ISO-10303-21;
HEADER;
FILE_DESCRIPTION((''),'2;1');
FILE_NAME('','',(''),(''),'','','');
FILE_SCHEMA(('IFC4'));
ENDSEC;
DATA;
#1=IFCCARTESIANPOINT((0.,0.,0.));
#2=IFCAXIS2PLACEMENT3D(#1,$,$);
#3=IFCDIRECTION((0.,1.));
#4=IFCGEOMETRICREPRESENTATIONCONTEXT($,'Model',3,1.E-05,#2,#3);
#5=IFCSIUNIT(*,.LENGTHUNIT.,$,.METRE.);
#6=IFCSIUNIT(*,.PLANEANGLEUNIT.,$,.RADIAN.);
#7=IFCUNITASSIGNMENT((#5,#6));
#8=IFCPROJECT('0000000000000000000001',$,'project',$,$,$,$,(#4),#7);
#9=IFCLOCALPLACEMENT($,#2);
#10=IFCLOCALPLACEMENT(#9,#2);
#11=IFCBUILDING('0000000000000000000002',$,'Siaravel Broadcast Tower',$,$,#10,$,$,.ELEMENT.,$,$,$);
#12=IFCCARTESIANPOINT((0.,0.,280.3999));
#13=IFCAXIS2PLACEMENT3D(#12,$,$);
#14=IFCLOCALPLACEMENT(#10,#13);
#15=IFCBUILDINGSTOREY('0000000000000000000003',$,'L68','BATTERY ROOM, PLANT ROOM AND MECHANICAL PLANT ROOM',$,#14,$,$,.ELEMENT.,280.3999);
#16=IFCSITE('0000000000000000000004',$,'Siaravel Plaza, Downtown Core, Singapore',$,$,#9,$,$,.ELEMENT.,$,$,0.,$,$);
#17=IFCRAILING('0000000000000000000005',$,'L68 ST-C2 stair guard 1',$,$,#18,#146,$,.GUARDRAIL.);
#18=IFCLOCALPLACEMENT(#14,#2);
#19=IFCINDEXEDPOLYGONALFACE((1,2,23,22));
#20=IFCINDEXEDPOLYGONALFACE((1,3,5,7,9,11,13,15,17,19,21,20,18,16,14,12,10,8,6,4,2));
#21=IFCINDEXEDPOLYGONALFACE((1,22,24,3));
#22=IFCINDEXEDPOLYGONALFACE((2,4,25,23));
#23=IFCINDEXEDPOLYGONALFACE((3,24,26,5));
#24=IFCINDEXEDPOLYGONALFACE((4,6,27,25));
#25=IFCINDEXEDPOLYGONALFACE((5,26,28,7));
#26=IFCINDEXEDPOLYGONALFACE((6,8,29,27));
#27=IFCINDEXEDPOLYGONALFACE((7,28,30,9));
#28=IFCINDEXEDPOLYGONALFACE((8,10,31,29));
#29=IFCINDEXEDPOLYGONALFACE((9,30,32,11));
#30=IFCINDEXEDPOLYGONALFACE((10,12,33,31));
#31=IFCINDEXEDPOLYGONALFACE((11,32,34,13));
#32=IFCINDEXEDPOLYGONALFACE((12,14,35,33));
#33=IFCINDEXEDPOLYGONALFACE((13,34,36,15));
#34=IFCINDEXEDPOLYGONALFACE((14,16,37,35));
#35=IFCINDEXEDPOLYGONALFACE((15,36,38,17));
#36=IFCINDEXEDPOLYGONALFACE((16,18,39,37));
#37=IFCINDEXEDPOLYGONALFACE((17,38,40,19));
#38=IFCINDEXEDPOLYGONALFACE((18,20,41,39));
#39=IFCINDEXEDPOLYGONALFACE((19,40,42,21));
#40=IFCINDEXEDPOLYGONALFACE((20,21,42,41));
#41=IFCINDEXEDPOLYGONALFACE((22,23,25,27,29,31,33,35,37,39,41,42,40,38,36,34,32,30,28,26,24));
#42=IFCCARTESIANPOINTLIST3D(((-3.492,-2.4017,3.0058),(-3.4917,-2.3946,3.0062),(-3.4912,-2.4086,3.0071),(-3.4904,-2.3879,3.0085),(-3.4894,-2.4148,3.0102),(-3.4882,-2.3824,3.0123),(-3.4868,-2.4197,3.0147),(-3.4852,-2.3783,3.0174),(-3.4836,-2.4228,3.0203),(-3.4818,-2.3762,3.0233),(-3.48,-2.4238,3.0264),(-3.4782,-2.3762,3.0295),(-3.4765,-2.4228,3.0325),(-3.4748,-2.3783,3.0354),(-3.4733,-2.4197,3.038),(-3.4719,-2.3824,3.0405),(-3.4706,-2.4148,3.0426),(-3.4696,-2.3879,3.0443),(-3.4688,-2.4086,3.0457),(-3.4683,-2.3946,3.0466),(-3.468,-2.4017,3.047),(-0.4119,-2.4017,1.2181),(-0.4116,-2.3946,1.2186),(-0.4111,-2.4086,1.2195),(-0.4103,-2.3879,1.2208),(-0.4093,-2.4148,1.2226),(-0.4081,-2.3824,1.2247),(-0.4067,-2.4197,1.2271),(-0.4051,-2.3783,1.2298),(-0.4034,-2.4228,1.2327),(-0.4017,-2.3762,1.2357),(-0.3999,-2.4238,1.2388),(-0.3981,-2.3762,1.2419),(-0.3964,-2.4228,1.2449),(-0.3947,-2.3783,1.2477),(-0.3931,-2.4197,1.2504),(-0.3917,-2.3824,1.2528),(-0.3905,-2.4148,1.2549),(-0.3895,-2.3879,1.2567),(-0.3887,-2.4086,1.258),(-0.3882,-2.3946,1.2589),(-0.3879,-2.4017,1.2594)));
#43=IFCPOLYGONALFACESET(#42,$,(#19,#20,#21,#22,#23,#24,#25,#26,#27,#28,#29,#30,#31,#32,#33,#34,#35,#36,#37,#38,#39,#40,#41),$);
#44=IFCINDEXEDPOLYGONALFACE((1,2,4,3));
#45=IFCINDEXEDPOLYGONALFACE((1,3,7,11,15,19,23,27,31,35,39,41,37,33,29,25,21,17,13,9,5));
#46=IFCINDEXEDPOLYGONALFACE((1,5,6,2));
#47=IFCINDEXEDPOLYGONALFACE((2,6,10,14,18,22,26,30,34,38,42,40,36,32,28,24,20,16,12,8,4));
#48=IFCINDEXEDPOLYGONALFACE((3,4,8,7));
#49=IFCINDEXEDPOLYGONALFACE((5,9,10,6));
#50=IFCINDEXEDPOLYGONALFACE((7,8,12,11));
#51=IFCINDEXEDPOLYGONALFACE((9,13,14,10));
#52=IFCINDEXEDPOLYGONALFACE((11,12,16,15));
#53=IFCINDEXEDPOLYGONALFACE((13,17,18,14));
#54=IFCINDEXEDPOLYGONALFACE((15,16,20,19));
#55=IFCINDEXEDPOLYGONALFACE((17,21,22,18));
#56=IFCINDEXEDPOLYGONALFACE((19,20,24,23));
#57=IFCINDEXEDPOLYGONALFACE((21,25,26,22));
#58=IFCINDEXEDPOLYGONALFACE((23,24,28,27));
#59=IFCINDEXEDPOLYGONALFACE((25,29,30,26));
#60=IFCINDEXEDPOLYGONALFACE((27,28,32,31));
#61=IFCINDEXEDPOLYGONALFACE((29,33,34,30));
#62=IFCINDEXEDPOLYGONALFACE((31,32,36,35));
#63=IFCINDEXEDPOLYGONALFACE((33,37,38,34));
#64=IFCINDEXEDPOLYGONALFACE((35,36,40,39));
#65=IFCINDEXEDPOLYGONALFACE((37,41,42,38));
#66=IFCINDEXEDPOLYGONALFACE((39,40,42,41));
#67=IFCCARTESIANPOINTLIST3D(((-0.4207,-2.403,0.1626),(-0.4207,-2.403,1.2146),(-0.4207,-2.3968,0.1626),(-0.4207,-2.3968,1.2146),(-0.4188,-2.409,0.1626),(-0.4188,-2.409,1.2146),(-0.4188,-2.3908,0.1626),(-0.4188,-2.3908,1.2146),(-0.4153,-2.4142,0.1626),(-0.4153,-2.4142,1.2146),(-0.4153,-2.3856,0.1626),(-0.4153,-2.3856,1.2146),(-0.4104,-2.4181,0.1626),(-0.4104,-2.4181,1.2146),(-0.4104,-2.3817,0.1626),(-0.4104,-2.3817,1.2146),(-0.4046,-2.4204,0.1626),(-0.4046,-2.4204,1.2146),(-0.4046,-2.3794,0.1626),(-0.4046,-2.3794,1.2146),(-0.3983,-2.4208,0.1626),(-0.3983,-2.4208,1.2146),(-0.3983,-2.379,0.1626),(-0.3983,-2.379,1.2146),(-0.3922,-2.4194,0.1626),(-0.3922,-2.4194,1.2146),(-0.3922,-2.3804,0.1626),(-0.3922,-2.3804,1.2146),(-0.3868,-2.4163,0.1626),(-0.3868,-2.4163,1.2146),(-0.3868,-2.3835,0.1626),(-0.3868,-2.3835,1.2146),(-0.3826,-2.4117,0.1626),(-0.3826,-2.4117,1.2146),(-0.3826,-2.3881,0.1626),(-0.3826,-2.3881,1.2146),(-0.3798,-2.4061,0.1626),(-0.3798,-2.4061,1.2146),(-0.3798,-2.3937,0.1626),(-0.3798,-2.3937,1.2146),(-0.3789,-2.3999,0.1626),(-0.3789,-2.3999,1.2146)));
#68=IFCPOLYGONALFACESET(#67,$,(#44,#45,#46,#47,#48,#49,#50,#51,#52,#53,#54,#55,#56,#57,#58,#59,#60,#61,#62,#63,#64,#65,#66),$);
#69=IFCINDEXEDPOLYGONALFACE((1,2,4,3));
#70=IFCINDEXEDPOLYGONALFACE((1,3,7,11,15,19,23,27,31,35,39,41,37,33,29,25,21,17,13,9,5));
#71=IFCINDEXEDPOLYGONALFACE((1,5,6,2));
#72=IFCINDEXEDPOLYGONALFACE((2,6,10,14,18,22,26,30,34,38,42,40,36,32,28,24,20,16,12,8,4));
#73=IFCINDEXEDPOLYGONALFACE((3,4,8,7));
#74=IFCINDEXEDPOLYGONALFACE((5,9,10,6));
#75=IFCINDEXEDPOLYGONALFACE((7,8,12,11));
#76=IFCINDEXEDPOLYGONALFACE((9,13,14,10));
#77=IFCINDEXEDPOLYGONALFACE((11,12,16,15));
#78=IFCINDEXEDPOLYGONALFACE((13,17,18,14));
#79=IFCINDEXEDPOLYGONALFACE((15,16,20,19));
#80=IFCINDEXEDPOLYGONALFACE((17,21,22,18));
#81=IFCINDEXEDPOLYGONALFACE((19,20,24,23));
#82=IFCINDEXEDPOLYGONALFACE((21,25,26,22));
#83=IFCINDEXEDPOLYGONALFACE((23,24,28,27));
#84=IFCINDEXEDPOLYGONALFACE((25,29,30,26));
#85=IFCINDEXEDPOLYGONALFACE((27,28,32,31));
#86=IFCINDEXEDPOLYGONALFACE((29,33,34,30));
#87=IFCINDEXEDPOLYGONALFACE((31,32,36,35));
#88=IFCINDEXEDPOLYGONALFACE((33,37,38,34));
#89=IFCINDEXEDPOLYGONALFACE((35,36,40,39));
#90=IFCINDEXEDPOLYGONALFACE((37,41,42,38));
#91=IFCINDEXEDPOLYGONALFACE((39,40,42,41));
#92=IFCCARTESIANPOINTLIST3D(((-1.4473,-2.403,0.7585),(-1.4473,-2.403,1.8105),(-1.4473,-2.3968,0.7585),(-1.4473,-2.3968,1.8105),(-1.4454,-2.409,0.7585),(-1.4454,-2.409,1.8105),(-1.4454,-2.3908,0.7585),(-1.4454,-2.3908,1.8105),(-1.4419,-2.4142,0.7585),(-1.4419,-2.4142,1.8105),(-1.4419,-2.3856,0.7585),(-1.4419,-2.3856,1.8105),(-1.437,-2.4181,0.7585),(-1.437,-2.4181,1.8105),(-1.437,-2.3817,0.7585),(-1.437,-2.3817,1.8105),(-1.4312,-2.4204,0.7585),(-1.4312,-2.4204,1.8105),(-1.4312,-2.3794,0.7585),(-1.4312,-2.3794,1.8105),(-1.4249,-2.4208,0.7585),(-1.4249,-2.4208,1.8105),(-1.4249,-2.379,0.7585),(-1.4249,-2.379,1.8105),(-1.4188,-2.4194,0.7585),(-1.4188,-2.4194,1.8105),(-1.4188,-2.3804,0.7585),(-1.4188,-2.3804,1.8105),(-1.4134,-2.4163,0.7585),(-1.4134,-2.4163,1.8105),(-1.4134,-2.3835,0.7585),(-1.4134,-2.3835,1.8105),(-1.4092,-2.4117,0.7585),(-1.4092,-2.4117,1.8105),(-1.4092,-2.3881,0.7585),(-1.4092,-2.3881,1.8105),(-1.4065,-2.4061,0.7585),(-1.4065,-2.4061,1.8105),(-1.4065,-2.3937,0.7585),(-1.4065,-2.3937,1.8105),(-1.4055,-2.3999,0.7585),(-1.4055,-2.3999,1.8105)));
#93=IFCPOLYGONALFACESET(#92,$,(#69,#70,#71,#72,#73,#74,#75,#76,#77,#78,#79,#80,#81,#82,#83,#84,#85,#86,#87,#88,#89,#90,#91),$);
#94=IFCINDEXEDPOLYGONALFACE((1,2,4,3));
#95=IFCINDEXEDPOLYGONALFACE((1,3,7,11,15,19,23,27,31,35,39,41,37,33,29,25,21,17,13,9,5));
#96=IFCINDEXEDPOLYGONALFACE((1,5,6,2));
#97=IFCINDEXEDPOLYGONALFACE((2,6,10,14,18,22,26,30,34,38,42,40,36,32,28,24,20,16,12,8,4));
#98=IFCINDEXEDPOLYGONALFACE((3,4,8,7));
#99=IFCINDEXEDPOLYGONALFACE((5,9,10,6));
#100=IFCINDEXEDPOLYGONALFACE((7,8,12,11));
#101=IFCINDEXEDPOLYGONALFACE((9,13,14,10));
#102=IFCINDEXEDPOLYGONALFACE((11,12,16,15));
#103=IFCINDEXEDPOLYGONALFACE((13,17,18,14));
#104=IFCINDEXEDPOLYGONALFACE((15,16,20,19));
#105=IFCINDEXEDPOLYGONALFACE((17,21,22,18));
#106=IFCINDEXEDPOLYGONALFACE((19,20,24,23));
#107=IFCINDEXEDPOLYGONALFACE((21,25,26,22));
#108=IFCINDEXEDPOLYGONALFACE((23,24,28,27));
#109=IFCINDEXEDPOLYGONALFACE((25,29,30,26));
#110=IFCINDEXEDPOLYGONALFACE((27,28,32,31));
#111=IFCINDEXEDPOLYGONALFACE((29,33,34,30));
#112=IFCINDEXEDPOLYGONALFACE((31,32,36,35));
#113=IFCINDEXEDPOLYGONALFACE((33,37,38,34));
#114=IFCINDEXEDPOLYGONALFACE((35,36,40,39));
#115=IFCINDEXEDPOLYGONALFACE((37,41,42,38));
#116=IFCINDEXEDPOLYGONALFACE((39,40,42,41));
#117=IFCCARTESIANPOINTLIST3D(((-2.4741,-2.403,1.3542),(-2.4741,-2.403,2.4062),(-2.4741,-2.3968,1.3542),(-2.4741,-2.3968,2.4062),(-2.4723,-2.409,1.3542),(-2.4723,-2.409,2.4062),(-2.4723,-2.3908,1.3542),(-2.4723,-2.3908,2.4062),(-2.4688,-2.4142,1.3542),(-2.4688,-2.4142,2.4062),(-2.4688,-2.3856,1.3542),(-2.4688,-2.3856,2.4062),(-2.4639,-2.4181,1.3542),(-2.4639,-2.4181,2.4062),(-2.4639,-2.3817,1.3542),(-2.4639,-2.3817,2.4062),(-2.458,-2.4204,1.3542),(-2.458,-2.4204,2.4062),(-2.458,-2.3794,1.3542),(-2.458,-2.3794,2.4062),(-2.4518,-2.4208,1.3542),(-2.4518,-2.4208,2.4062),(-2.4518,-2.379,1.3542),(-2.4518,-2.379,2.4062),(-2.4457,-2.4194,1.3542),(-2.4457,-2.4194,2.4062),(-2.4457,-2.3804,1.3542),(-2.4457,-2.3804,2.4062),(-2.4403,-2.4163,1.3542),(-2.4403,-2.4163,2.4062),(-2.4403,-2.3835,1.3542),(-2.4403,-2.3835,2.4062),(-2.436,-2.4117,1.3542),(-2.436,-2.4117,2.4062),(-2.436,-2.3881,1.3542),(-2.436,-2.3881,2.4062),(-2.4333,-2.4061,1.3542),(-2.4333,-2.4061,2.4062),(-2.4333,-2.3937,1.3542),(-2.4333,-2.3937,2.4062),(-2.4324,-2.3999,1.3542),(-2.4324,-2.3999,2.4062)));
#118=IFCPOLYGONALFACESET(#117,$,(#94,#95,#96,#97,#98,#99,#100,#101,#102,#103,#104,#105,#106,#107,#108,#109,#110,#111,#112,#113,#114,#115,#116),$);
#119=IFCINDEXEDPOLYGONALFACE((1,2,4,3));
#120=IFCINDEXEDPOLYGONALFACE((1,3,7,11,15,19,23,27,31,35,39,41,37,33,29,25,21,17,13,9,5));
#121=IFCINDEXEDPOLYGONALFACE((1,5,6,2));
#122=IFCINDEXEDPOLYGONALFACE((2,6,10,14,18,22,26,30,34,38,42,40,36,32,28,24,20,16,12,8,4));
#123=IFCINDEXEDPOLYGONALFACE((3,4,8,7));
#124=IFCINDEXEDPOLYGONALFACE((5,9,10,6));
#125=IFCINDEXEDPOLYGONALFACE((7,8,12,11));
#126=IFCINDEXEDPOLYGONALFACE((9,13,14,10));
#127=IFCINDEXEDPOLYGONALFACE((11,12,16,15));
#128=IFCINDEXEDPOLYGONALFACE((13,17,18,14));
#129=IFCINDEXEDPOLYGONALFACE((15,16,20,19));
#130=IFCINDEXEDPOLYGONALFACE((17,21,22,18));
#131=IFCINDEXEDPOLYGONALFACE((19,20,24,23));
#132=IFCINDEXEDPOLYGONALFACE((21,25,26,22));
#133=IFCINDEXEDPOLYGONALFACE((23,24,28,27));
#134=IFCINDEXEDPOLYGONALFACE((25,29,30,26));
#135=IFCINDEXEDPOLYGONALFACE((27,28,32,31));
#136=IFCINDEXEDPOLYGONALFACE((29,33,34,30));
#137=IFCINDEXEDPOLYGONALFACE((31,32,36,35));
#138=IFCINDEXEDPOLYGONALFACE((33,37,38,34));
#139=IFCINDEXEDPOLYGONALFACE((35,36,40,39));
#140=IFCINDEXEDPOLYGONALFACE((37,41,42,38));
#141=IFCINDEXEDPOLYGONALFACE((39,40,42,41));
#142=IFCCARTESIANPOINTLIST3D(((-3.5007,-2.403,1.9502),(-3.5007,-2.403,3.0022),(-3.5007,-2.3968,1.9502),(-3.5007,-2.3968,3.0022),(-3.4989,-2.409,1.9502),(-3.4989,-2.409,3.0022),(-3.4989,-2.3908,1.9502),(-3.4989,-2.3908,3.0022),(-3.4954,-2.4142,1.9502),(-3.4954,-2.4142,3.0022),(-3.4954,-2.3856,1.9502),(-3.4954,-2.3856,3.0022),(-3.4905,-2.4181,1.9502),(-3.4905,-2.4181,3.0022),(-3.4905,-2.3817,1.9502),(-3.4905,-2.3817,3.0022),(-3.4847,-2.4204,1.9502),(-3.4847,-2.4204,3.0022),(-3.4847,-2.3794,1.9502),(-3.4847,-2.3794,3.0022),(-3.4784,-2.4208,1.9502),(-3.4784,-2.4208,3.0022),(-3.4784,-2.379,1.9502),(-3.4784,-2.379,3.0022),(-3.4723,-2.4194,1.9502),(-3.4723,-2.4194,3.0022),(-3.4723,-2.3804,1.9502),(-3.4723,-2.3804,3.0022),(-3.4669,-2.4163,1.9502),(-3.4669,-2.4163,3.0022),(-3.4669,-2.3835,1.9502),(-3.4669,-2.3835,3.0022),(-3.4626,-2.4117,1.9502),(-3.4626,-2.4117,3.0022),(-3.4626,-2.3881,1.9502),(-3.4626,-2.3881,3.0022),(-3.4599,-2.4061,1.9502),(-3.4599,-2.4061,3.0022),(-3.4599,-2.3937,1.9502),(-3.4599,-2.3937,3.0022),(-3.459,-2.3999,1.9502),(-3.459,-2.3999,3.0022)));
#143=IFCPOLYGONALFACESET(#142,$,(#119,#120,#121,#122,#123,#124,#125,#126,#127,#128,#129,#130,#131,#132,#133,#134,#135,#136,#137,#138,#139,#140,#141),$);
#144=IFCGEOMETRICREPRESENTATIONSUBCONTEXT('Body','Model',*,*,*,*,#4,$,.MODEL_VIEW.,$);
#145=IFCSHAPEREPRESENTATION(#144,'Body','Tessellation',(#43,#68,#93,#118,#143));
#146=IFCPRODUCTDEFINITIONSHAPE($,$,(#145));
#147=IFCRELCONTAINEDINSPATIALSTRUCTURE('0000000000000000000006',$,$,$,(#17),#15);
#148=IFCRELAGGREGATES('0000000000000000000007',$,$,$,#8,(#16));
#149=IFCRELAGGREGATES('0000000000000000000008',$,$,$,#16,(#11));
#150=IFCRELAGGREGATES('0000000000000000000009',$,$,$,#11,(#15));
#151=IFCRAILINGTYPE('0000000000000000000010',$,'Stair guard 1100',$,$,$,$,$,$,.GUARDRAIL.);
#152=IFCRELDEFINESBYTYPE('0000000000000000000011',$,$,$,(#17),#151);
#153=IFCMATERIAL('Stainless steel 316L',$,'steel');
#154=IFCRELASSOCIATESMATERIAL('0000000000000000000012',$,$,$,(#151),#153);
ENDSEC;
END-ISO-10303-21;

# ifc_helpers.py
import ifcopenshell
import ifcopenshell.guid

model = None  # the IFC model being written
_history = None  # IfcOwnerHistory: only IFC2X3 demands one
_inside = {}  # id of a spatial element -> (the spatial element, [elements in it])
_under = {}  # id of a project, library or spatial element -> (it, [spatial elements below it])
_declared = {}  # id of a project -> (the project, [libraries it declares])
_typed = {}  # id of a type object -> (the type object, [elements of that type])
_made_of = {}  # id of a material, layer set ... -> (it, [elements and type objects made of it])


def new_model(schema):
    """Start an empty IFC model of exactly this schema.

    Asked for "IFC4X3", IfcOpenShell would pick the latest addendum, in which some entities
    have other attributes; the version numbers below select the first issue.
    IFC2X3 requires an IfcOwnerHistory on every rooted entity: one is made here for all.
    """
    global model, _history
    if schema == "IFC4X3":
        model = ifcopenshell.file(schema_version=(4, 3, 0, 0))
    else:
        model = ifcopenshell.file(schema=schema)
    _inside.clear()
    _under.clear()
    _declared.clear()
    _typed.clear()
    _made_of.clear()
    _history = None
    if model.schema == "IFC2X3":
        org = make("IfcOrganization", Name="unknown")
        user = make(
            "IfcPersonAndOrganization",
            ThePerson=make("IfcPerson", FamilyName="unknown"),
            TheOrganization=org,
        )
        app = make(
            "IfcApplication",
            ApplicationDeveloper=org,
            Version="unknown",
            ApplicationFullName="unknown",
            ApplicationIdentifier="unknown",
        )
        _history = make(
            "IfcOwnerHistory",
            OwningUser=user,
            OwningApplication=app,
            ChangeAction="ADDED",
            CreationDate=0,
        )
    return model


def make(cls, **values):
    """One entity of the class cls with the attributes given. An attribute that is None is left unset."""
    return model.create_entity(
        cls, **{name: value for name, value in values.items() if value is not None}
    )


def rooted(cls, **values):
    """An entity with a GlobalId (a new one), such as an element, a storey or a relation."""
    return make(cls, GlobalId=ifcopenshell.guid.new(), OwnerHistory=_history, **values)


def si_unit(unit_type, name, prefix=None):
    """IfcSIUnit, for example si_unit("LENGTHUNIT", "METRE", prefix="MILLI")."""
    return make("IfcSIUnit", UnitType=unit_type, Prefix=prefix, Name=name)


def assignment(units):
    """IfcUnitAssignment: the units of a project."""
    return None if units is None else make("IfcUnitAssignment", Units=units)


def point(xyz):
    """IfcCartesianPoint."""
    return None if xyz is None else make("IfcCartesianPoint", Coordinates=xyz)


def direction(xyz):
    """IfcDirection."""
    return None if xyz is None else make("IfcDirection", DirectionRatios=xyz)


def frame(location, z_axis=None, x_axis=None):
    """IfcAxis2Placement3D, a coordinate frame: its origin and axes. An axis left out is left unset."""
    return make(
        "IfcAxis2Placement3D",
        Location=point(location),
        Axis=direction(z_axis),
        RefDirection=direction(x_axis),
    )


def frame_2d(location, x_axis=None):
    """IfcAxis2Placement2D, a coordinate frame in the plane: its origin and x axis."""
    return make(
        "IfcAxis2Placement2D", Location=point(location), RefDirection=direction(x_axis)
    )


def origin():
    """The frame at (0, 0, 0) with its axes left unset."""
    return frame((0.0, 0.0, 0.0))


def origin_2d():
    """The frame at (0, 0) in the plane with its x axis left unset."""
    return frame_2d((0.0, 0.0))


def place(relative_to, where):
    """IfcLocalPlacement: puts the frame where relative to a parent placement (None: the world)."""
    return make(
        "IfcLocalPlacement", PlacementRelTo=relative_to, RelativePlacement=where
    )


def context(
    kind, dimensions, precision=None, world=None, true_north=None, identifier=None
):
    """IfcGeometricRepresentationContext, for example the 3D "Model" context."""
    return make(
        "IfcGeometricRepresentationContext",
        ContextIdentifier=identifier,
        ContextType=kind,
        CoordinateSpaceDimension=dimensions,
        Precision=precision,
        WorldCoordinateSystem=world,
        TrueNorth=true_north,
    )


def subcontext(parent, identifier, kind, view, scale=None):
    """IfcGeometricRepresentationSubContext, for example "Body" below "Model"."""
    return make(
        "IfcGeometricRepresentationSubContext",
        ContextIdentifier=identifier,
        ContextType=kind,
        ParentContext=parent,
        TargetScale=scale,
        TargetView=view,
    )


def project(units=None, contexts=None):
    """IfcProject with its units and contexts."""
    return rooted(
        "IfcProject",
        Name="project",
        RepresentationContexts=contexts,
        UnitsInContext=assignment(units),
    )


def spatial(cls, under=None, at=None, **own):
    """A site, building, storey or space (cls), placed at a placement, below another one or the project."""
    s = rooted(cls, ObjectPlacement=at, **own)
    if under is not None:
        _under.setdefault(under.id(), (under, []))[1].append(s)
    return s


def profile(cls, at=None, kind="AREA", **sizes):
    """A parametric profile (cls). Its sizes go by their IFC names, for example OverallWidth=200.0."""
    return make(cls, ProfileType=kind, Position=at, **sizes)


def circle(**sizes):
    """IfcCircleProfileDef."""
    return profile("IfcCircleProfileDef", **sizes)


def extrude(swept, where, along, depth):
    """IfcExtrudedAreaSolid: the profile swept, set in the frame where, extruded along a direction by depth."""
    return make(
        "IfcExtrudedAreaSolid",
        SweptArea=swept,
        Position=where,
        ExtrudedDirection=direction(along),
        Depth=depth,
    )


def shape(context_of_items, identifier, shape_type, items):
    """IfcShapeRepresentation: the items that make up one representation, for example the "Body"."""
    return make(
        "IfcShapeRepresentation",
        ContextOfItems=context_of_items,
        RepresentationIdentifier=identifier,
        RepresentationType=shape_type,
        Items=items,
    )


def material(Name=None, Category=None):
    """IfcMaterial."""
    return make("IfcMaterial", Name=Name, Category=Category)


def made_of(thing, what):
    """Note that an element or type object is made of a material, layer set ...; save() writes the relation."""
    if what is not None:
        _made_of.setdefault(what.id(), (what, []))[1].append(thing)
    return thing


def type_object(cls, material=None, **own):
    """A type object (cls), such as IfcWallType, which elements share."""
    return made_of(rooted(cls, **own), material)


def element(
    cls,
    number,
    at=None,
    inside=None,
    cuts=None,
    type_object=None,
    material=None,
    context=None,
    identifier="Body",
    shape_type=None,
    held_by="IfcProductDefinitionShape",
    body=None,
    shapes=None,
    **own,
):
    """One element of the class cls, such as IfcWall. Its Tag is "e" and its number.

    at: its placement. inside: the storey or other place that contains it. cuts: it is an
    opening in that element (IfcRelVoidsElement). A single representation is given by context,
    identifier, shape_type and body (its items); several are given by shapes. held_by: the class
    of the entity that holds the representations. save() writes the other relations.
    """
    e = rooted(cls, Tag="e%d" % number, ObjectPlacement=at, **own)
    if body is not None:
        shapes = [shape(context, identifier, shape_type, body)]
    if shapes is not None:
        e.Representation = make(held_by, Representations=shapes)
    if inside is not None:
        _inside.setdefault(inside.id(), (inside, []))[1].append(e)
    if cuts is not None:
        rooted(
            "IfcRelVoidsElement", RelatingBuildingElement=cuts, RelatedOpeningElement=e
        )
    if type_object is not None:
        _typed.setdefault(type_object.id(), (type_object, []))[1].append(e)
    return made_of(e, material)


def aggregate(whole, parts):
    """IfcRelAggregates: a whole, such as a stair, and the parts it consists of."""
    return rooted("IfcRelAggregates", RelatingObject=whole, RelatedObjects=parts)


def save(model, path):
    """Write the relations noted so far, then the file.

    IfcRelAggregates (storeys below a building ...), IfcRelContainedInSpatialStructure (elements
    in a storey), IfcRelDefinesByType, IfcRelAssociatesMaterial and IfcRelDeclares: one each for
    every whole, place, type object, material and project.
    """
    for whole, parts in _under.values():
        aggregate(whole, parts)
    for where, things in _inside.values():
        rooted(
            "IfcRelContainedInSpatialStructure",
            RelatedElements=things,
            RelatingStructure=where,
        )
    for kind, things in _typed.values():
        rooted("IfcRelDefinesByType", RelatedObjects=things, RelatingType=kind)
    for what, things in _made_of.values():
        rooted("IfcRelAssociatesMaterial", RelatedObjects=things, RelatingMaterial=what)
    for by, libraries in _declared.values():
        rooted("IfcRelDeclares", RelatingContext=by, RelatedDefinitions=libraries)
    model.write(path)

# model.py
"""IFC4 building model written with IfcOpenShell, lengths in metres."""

from ifc_helpers import new_model, si_unit, direction, frame, origin, origin_2d, place, context, subcontext, project, spatial, circle, extrude, material, type_object, element, save


model = new_model("IFC4")

# Units and contexts
model_context = context("Model", 3, precision=1e-05, world=origin(), true_north=direction((0.0, 1.0)))
body_context = subcontext(model_context, "Body", "Model", "MODEL_VIEW")
ifc_project = project(units=[si_unit("LENGTHUNIT", "METRE"), si_unit("PLANEANGLEUNIT", "RADIAN")], contexts=[model_context])

# Site, building, storey
site_placement = place(None, origin())
site = spatial("IfcSite", under=ifc_project, at=site_placement, Name="Siaravel Plaza, Downtown Core, Singapore", CompositionType="ELEMENT", RefElevation=0.0)
building_placement = place(site_placement, origin())
building = spatial("IfcBuilding", under=site, at=building_placement, Name="Siaravel Broadcast Tower", CompositionType="ELEMENT")
storey_placement = place(building_placement, frame((0.0, 0.0, 280.3999)))
storey = spatial("IfcBuildingStorey", under=building, at=storey_placement, Name="L68", Description="BATTERY ROOM, PLANT ROOM AND MECHANICAL PLANT ROOM", CompositionType="ELEMENT", Elevation=280.3999)

# Shared definitions
ifc_material_1 = material(Name="Stainless steel 316L", Category="steel")

# Railing
railing_type_1 = type_object("IfcRailingType", Name="Stair guard 1100", PredefinedType="GUARDRAIL", material=ifc_material_1)
railing_1_placement = place(storey_placement, frame((-0.3999, -2.3999, 0.1626)))
element("IfcRailing", 1, at=railing_1_placement, inside=storey, type_object=railing_type_1, Name="L68 ST-C2 stair guard 1", PredefinedType="GUARDRAIL", context=body_context, shape_type="SweptSolid", body=[
    extrude(circle(Radius=0.0239, at=origin_2d()), frame((0.0, 0.0, 1.0762), z_axis=(-0.864891, 0.0, 0.50196), x_axis=(0.0, -1.0, 0.0)), (0.0, 0.0, 1.0), 3.5613),
    extrude(circle(Radius=0.021, at=origin_2d()), origin(), (0.0, 0.0, 1.0), 1.052),
    extrude(circle(Radius=0.021, at=origin_2d()), frame((-1.0266, 0.0, 0.5959)), (0.0, 0.0, 1.0), 1.052),
    extrude(circle(Radius=0.021, at=origin_2d()), frame((-2.0535, 0.0, 1.1917)), (0.0, 0.0, 1.0), 1.052),
    extrude(circle(Radius=0.021, at=origin_2d()), frame((-3.0801, 0.0, 1.7876)), (0.0, 0.0, 1.0), 1.052),
])

save(model, "model.ifc")
